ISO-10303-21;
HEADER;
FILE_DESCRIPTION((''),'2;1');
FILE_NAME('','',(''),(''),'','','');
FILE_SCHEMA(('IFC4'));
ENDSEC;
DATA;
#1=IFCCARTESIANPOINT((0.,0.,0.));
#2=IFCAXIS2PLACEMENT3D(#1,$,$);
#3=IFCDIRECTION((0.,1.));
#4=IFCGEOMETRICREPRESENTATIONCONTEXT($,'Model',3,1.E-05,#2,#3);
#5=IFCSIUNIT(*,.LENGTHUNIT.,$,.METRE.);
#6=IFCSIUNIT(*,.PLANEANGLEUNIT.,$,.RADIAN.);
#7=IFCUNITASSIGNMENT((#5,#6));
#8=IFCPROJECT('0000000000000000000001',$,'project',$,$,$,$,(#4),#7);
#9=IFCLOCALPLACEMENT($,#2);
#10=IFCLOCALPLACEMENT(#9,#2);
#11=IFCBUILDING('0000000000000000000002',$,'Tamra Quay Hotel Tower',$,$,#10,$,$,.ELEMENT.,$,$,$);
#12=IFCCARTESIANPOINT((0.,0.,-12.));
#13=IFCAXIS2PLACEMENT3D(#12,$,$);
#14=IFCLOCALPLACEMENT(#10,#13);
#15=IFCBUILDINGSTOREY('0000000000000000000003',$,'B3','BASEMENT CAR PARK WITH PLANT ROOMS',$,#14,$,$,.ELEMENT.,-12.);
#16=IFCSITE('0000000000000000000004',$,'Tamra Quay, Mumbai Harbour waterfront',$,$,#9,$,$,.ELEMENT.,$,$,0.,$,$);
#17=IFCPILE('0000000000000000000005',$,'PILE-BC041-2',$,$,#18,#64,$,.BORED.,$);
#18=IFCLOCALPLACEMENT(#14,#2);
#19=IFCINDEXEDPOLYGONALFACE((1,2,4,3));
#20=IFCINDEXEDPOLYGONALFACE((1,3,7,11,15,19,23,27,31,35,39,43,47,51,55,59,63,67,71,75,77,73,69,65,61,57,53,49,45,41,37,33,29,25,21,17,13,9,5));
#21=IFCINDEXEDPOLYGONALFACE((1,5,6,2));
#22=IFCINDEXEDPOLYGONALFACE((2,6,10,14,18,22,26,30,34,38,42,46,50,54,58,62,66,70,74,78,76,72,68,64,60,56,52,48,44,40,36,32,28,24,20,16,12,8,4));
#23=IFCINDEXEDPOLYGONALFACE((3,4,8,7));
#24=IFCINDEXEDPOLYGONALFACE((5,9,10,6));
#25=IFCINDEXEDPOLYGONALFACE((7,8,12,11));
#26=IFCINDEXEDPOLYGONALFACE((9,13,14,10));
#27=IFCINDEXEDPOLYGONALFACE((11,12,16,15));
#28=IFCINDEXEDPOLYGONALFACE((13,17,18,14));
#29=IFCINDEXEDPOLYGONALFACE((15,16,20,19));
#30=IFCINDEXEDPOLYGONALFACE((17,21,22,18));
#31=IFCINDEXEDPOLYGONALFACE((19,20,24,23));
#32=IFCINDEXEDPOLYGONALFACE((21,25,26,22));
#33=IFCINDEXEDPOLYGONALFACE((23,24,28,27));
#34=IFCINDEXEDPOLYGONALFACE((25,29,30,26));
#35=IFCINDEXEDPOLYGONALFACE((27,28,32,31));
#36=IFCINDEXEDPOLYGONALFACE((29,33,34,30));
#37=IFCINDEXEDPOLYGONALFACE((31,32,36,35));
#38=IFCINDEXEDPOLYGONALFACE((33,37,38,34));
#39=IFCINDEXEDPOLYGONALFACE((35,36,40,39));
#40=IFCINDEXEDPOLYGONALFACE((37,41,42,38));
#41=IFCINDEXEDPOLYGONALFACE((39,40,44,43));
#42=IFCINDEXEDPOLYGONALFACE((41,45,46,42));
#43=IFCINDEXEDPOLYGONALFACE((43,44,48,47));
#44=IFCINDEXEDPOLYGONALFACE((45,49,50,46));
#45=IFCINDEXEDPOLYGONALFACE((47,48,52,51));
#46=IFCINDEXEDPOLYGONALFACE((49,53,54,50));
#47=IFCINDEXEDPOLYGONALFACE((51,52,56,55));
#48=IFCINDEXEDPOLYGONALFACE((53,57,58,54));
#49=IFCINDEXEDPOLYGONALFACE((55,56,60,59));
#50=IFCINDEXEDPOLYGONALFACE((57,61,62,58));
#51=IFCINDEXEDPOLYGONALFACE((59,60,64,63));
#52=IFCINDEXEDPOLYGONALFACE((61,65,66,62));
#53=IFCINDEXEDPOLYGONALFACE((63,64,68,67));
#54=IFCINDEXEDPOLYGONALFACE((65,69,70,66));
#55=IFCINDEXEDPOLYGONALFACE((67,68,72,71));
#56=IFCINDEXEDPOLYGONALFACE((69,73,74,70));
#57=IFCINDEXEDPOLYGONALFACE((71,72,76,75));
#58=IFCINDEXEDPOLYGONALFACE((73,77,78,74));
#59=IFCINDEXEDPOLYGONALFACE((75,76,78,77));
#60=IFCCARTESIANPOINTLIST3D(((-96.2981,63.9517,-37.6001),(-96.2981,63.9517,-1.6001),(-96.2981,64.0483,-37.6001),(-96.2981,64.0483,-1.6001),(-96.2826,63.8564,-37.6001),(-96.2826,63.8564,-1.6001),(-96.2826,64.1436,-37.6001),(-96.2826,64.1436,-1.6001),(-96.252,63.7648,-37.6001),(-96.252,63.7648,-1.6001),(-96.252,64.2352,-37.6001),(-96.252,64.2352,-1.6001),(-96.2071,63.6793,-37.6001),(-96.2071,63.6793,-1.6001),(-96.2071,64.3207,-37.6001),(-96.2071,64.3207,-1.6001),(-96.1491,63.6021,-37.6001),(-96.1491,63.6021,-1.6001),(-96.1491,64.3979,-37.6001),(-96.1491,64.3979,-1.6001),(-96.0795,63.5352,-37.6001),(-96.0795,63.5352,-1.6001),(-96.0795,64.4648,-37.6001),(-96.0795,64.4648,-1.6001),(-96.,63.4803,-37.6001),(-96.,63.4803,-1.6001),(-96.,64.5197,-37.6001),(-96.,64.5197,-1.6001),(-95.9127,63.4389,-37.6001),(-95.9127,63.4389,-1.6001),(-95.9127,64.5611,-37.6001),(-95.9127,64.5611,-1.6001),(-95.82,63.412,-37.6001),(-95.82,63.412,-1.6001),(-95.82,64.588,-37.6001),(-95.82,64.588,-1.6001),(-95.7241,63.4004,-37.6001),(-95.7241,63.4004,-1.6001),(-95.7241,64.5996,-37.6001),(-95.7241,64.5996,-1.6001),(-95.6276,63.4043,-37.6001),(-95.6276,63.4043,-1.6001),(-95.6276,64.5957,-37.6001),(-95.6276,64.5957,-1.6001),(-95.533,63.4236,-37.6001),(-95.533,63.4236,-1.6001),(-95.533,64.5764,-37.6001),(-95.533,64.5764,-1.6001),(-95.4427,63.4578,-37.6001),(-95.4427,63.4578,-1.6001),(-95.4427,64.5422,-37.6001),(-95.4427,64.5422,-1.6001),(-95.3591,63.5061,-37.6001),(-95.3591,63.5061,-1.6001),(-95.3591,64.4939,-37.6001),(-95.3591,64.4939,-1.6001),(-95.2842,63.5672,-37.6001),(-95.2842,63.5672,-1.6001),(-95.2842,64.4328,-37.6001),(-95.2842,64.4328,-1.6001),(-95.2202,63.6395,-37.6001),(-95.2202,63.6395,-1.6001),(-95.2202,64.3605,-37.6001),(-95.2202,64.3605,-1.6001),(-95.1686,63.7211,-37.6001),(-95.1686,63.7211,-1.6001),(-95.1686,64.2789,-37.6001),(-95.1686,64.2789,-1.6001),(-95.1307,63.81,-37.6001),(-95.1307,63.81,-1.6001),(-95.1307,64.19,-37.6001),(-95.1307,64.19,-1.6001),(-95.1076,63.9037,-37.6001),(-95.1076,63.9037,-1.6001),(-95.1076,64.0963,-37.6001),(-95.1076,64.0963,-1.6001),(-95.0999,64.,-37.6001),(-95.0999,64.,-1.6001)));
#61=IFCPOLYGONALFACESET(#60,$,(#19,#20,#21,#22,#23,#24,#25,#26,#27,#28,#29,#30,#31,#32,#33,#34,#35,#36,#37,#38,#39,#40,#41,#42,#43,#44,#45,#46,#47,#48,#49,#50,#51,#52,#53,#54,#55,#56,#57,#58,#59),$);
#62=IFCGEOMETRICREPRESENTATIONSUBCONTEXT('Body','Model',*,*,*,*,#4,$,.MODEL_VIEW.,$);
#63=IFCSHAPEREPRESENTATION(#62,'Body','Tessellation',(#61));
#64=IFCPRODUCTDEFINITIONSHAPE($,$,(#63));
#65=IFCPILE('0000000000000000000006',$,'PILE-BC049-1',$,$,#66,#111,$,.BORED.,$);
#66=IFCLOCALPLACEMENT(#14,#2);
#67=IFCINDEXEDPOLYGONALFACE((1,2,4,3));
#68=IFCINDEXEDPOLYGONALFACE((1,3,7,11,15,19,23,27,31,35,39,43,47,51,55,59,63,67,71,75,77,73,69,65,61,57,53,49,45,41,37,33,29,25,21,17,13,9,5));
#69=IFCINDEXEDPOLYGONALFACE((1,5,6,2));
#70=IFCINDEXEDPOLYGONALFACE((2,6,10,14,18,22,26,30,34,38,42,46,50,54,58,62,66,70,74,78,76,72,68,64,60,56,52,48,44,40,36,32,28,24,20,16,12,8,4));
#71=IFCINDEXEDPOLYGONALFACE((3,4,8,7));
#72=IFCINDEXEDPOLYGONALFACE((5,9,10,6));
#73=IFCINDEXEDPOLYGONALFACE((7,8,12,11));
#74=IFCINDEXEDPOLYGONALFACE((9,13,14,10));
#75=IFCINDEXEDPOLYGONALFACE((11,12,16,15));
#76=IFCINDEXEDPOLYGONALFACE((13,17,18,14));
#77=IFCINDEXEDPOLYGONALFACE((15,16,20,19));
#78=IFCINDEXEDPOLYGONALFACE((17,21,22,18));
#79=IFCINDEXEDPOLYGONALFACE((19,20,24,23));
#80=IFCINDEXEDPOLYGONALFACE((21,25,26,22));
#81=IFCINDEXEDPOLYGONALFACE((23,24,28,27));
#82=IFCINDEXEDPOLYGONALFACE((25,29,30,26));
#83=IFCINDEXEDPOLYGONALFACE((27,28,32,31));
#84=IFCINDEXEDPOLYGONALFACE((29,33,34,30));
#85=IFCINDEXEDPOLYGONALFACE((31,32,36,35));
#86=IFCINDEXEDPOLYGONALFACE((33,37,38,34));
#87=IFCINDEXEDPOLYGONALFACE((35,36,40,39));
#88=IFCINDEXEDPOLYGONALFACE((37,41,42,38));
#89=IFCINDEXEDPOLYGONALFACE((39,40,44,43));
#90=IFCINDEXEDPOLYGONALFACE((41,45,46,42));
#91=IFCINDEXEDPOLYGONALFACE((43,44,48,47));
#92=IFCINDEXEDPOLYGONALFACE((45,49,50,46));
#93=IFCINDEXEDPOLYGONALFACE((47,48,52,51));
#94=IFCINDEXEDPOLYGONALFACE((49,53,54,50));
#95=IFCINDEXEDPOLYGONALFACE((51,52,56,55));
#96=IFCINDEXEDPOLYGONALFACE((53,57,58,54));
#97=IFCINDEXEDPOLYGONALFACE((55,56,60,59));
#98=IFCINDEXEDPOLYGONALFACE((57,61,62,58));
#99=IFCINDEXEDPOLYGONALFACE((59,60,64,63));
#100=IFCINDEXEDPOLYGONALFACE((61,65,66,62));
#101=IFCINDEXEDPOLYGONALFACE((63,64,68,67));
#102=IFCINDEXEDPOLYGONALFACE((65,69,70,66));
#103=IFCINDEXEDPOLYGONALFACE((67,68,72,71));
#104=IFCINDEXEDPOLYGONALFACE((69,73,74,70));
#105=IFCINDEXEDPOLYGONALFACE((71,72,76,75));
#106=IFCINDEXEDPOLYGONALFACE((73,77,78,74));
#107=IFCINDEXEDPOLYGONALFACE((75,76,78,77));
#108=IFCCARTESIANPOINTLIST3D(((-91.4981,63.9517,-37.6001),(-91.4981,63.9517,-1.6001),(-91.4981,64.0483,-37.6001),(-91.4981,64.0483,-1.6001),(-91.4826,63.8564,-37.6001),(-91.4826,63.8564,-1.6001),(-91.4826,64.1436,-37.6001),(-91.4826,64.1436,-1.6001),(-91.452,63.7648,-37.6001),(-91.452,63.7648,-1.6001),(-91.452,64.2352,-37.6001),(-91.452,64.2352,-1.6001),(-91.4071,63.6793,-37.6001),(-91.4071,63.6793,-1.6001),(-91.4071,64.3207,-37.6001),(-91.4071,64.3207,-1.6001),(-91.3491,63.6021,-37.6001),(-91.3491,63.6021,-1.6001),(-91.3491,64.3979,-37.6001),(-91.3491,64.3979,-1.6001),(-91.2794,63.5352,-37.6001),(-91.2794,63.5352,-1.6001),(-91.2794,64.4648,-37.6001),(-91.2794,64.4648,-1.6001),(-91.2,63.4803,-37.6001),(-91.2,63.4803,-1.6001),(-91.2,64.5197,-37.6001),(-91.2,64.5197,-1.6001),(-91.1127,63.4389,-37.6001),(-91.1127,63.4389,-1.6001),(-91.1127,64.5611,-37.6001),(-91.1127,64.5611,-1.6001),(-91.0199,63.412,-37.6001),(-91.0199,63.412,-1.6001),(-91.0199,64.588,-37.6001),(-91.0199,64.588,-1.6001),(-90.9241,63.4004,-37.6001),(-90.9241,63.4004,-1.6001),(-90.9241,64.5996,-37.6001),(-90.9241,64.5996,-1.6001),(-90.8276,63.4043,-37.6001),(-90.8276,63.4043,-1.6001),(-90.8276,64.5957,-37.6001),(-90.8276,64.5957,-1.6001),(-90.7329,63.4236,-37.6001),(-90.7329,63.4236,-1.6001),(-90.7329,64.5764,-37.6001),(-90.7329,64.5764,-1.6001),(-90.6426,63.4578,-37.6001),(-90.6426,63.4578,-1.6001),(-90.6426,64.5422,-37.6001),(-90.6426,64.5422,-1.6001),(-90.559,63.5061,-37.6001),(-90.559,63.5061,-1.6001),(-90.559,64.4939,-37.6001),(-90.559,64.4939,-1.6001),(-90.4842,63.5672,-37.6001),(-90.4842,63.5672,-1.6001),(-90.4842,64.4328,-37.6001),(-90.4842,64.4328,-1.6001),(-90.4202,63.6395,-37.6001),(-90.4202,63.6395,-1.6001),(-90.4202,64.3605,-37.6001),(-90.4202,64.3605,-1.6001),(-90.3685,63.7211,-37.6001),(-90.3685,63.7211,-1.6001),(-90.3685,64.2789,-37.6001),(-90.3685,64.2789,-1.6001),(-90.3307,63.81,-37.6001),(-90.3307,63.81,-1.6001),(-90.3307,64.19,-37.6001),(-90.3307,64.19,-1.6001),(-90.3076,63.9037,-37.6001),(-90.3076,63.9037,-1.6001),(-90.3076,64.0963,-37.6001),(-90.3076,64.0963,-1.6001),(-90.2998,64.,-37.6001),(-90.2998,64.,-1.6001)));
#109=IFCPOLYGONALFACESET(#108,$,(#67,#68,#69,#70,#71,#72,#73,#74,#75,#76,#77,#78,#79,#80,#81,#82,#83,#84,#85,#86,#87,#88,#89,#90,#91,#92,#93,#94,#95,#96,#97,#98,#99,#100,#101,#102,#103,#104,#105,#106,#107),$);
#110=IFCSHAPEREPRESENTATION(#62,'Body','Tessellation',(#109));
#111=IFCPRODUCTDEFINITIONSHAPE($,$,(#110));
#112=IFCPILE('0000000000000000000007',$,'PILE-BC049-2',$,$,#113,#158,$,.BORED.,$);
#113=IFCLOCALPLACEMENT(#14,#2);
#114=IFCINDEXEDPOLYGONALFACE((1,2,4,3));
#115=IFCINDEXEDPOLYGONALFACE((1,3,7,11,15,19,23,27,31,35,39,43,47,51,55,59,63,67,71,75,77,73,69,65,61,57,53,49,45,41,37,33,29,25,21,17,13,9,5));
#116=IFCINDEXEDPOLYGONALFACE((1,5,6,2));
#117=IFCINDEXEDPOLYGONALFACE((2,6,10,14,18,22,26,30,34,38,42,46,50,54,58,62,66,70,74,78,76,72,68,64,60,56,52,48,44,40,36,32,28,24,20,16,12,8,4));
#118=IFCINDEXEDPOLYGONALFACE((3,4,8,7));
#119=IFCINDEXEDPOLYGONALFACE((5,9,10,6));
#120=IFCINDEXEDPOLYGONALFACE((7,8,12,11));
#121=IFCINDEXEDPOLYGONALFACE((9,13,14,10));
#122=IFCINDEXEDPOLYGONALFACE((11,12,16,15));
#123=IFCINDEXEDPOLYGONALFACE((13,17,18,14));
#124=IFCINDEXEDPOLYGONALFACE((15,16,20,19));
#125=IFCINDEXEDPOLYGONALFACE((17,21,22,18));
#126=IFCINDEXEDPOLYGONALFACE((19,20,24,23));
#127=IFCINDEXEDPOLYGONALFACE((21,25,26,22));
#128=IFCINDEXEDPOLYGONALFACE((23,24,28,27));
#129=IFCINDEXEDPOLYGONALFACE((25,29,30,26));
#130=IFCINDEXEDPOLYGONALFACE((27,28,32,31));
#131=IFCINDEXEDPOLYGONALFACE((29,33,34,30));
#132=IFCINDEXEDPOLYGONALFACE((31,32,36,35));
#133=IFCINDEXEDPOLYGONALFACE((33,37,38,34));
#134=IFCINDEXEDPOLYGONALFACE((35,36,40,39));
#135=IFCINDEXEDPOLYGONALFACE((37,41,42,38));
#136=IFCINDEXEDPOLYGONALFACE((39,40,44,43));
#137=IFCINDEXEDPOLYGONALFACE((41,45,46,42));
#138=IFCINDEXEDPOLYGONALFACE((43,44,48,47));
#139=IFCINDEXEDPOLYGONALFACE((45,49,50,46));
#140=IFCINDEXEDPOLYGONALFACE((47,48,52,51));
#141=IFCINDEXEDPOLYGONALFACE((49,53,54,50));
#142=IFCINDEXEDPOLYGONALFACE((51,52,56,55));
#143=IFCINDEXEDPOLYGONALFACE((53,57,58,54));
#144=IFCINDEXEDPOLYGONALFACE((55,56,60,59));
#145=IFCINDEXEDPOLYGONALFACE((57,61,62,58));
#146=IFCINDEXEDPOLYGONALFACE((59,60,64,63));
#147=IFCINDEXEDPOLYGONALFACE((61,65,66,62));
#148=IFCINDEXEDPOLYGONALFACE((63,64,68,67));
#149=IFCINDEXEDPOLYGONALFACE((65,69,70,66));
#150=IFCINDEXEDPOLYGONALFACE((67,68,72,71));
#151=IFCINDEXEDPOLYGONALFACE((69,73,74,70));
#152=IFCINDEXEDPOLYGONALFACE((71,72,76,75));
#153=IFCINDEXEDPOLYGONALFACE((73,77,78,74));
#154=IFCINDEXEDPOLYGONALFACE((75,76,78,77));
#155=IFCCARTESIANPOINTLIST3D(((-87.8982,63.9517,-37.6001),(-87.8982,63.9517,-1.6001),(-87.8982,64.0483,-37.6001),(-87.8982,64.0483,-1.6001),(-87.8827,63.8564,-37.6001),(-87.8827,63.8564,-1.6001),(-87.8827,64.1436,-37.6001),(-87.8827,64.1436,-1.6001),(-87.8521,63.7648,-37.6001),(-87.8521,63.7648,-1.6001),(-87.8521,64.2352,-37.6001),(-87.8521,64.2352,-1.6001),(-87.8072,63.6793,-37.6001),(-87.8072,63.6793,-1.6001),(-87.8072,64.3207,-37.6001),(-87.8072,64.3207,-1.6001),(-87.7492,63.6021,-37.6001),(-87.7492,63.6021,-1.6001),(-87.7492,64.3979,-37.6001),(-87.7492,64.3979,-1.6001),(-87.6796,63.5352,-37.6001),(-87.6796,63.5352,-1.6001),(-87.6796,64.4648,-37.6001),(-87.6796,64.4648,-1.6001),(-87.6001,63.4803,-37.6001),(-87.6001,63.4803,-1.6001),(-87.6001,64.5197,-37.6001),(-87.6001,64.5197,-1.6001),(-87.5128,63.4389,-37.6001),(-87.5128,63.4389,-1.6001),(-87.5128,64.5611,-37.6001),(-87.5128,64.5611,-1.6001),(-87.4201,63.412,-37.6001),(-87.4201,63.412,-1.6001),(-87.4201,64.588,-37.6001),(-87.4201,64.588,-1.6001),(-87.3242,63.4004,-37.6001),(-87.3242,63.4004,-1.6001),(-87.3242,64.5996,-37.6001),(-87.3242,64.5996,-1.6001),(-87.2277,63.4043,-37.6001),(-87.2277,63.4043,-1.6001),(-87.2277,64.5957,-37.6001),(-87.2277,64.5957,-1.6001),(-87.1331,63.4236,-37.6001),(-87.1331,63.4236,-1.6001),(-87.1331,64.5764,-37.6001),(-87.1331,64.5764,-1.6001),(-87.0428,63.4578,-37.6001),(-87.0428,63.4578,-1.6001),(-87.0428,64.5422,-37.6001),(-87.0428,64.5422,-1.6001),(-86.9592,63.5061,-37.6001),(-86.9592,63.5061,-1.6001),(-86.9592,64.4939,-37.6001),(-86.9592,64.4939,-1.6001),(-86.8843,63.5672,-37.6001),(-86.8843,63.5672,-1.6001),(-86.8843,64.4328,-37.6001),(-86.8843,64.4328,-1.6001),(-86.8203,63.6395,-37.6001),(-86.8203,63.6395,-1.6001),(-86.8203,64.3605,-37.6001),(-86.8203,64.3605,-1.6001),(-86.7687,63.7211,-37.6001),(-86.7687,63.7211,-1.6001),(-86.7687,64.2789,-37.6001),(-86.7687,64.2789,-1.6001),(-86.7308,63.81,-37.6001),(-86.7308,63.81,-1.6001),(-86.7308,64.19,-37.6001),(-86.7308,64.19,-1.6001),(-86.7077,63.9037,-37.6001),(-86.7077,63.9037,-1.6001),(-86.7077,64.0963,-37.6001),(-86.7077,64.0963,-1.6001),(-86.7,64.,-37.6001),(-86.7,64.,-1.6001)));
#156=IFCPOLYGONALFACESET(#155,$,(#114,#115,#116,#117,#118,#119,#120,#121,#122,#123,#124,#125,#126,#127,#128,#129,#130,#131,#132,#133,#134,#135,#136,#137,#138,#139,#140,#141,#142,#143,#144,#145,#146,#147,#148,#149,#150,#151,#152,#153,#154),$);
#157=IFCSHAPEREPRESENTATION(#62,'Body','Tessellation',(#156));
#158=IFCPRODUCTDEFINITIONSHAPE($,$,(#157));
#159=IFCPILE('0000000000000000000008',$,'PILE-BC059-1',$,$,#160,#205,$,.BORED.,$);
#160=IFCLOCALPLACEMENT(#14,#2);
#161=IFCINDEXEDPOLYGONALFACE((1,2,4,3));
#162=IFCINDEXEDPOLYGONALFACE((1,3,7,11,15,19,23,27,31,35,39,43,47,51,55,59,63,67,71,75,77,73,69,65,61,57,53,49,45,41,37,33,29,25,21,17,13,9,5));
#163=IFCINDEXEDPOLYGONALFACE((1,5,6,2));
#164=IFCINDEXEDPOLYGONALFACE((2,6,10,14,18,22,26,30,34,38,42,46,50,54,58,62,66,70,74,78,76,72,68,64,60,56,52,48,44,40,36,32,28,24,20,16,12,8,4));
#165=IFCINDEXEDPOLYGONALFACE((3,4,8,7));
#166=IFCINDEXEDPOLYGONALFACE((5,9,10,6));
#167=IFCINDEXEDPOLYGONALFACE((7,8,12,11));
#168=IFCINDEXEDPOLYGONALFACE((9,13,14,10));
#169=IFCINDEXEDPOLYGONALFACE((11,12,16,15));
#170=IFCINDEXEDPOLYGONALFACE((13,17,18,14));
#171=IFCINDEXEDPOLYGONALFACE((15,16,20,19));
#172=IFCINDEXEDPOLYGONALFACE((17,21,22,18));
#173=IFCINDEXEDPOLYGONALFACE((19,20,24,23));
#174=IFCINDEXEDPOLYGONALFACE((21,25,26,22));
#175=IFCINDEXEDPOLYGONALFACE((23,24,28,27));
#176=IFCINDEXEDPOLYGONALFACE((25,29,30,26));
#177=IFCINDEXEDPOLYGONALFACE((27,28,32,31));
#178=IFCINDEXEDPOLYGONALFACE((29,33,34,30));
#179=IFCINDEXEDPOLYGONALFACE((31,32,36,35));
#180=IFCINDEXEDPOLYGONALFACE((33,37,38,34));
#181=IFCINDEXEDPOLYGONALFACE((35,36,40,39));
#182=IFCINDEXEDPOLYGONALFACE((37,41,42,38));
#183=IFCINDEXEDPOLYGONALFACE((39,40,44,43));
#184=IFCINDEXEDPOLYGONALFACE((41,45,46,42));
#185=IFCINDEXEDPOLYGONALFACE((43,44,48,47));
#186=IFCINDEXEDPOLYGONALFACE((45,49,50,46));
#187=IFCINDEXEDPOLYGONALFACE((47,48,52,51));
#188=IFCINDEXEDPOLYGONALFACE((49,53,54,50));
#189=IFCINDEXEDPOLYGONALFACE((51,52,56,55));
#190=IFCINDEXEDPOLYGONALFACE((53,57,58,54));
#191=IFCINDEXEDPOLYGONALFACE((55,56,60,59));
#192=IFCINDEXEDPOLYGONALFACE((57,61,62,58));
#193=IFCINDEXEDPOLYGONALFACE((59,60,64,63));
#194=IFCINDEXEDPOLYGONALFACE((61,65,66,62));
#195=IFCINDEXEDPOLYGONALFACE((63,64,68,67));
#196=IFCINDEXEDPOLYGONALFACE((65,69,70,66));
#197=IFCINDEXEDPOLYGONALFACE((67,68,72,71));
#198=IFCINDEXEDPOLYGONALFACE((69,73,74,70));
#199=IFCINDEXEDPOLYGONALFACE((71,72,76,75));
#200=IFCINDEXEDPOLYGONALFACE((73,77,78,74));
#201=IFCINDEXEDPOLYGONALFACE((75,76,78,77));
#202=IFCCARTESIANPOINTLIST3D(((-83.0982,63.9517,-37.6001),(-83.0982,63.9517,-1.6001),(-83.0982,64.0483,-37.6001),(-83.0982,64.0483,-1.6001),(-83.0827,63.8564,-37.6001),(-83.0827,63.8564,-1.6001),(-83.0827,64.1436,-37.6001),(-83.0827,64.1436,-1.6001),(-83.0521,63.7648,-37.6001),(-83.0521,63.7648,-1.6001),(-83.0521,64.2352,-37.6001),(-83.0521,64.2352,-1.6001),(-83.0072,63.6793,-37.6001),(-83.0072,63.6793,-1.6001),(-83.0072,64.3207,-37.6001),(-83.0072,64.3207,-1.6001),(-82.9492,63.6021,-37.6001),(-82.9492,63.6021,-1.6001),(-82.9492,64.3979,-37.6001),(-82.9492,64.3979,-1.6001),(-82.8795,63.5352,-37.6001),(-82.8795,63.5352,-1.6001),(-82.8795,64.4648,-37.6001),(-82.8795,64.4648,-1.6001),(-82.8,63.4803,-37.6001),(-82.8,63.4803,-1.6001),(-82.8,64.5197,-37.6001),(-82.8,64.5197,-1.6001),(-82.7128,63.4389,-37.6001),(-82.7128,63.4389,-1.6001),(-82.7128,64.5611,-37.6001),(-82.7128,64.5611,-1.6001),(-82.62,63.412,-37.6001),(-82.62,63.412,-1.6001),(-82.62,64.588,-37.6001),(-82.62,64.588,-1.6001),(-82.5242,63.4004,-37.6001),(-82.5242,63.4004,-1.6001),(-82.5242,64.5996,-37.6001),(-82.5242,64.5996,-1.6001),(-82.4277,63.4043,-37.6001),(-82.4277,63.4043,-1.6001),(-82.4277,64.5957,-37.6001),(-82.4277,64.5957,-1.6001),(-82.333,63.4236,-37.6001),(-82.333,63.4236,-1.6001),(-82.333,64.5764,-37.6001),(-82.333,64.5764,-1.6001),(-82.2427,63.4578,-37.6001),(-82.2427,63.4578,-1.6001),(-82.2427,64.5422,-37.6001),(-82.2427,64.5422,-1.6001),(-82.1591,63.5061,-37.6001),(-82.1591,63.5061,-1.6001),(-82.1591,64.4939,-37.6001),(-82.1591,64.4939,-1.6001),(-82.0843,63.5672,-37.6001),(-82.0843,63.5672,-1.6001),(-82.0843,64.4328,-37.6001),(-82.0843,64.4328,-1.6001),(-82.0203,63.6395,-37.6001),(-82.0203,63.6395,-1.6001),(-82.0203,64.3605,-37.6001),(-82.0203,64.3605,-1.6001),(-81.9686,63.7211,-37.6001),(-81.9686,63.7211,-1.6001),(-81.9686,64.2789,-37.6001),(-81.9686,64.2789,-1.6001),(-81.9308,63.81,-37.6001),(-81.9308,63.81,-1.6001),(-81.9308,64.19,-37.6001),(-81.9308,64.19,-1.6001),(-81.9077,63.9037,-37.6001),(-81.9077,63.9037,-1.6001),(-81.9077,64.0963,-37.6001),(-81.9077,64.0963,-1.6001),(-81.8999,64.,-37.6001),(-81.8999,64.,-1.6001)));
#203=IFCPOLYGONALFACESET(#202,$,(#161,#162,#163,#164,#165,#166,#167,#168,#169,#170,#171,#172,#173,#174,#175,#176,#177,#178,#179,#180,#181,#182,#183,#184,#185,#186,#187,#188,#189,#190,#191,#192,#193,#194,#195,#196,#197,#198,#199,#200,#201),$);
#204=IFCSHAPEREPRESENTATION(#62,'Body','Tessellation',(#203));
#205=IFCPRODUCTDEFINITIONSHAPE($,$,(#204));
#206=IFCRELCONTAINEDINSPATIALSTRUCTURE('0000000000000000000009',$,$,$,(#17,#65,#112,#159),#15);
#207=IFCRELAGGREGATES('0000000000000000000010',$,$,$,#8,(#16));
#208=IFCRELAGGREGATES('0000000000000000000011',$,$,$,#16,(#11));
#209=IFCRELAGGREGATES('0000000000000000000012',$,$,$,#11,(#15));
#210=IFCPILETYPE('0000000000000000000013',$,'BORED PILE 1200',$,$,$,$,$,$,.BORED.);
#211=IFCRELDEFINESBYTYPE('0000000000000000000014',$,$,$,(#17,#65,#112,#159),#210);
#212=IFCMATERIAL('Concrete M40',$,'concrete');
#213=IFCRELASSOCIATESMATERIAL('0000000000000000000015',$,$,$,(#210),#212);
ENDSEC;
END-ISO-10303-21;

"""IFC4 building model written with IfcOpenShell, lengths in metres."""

from ifc_helpers import new_model, si_unit, direction, frame, origin, origin_2d, place, context, subcontext, project, spatial, circle, extrude, material, material_profile, profile_set, type_object, element, save


model = new_model("IFC4")

# Units and contexts
model_context = context("Model", 3, precision=1e-05, world=origin(), true_north=direction((0.0, 1.0)))
body_context = subcontext(model_context, "Body", "Model", "MODEL_VIEW")
ifc_project = project(units=[si_unit("LENGTHUNIT", "METRE"), si_unit("PLANEANGLEUNIT", "RADIAN")], contexts=[model_context])

# Site, building, storey
site_placement = place(None, origin())
site = spatial("IfcSite", under=ifc_project, at=site_placement, Name="Tamra Quay, Mumbai Harbour waterfront", CompositionType="ELEMENT", RefElevation=0.0)
building_placement = place(site_placement, origin())
building = spatial("IfcBuilding", under=site, at=building_placement, Name="Tamra Quay Hotel Tower", CompositionType="ELEMENT")
storey_placement = place(building_placement, frame((0.0, 0.0, -12.0)))
storey = spatial("IfcBuildingStorey", under=building, at=storey_placement, Name="B3", Description="BASEMENT CAR PARK WITH PLANT ROOMS", CompositionType="ELEMENT", Elevation=-12.0)

# Piles
ifc_material_1 = material(Name="Concrete M40", Category="concrete")
ifc_material_profile_1 = material_profile(ifc_material_1, circle(Radius=0.6001, at=origin_2d()), Name="BORED PILE 1200")
ifc_profile_set_1 = profile_set([ifc_material_profile_1], Name="Concrete M40")
pile_type = type_object("IfcPileType", Name="BORED PILE 1200", PredefinedType="BORED", material=ifc_profile_set_1)
for number, where, z_axis, x_axis, name in (
    (1, (-95.7, 64.0, -1.6001), (0.0, 0.0, -1.0), (1.0, 0.0, 0.0), "PILE-BC041-2"),
    (2, (-90.8999, 64.0, -1.6001), (0.0, 0.0, -1.0), (1.0, 0.0, 0.0), "PILE-BC049-1"),
    (3, (-87.3, 64.0, -1.6001), (0.0, 0.0, -1.0), (1.0, 0.0, 0.0), "PILE-BC049-2"),
    (4, (-82.5, 64.0, -1.6001), (0.0, 0.0, -1.0), (1.0, 0.0, 0.0), "PILE-BC059-1"),
):
    element("IfcPile", number, at=place(storey_placement, frame(where, z_axis=z_axis, x_axis=x_axis)), inside=storey, type_object=pile_type, Name=name, PredefinedType="BORED", context=body_context, shape_type="SweptSolid", body=[
        extrude(circle(Radius=0.6001, at=origin_2d()), origin(), (0.0, 0.0, 1.0), 36.0),
    ])

save(model, "model.ifc")
